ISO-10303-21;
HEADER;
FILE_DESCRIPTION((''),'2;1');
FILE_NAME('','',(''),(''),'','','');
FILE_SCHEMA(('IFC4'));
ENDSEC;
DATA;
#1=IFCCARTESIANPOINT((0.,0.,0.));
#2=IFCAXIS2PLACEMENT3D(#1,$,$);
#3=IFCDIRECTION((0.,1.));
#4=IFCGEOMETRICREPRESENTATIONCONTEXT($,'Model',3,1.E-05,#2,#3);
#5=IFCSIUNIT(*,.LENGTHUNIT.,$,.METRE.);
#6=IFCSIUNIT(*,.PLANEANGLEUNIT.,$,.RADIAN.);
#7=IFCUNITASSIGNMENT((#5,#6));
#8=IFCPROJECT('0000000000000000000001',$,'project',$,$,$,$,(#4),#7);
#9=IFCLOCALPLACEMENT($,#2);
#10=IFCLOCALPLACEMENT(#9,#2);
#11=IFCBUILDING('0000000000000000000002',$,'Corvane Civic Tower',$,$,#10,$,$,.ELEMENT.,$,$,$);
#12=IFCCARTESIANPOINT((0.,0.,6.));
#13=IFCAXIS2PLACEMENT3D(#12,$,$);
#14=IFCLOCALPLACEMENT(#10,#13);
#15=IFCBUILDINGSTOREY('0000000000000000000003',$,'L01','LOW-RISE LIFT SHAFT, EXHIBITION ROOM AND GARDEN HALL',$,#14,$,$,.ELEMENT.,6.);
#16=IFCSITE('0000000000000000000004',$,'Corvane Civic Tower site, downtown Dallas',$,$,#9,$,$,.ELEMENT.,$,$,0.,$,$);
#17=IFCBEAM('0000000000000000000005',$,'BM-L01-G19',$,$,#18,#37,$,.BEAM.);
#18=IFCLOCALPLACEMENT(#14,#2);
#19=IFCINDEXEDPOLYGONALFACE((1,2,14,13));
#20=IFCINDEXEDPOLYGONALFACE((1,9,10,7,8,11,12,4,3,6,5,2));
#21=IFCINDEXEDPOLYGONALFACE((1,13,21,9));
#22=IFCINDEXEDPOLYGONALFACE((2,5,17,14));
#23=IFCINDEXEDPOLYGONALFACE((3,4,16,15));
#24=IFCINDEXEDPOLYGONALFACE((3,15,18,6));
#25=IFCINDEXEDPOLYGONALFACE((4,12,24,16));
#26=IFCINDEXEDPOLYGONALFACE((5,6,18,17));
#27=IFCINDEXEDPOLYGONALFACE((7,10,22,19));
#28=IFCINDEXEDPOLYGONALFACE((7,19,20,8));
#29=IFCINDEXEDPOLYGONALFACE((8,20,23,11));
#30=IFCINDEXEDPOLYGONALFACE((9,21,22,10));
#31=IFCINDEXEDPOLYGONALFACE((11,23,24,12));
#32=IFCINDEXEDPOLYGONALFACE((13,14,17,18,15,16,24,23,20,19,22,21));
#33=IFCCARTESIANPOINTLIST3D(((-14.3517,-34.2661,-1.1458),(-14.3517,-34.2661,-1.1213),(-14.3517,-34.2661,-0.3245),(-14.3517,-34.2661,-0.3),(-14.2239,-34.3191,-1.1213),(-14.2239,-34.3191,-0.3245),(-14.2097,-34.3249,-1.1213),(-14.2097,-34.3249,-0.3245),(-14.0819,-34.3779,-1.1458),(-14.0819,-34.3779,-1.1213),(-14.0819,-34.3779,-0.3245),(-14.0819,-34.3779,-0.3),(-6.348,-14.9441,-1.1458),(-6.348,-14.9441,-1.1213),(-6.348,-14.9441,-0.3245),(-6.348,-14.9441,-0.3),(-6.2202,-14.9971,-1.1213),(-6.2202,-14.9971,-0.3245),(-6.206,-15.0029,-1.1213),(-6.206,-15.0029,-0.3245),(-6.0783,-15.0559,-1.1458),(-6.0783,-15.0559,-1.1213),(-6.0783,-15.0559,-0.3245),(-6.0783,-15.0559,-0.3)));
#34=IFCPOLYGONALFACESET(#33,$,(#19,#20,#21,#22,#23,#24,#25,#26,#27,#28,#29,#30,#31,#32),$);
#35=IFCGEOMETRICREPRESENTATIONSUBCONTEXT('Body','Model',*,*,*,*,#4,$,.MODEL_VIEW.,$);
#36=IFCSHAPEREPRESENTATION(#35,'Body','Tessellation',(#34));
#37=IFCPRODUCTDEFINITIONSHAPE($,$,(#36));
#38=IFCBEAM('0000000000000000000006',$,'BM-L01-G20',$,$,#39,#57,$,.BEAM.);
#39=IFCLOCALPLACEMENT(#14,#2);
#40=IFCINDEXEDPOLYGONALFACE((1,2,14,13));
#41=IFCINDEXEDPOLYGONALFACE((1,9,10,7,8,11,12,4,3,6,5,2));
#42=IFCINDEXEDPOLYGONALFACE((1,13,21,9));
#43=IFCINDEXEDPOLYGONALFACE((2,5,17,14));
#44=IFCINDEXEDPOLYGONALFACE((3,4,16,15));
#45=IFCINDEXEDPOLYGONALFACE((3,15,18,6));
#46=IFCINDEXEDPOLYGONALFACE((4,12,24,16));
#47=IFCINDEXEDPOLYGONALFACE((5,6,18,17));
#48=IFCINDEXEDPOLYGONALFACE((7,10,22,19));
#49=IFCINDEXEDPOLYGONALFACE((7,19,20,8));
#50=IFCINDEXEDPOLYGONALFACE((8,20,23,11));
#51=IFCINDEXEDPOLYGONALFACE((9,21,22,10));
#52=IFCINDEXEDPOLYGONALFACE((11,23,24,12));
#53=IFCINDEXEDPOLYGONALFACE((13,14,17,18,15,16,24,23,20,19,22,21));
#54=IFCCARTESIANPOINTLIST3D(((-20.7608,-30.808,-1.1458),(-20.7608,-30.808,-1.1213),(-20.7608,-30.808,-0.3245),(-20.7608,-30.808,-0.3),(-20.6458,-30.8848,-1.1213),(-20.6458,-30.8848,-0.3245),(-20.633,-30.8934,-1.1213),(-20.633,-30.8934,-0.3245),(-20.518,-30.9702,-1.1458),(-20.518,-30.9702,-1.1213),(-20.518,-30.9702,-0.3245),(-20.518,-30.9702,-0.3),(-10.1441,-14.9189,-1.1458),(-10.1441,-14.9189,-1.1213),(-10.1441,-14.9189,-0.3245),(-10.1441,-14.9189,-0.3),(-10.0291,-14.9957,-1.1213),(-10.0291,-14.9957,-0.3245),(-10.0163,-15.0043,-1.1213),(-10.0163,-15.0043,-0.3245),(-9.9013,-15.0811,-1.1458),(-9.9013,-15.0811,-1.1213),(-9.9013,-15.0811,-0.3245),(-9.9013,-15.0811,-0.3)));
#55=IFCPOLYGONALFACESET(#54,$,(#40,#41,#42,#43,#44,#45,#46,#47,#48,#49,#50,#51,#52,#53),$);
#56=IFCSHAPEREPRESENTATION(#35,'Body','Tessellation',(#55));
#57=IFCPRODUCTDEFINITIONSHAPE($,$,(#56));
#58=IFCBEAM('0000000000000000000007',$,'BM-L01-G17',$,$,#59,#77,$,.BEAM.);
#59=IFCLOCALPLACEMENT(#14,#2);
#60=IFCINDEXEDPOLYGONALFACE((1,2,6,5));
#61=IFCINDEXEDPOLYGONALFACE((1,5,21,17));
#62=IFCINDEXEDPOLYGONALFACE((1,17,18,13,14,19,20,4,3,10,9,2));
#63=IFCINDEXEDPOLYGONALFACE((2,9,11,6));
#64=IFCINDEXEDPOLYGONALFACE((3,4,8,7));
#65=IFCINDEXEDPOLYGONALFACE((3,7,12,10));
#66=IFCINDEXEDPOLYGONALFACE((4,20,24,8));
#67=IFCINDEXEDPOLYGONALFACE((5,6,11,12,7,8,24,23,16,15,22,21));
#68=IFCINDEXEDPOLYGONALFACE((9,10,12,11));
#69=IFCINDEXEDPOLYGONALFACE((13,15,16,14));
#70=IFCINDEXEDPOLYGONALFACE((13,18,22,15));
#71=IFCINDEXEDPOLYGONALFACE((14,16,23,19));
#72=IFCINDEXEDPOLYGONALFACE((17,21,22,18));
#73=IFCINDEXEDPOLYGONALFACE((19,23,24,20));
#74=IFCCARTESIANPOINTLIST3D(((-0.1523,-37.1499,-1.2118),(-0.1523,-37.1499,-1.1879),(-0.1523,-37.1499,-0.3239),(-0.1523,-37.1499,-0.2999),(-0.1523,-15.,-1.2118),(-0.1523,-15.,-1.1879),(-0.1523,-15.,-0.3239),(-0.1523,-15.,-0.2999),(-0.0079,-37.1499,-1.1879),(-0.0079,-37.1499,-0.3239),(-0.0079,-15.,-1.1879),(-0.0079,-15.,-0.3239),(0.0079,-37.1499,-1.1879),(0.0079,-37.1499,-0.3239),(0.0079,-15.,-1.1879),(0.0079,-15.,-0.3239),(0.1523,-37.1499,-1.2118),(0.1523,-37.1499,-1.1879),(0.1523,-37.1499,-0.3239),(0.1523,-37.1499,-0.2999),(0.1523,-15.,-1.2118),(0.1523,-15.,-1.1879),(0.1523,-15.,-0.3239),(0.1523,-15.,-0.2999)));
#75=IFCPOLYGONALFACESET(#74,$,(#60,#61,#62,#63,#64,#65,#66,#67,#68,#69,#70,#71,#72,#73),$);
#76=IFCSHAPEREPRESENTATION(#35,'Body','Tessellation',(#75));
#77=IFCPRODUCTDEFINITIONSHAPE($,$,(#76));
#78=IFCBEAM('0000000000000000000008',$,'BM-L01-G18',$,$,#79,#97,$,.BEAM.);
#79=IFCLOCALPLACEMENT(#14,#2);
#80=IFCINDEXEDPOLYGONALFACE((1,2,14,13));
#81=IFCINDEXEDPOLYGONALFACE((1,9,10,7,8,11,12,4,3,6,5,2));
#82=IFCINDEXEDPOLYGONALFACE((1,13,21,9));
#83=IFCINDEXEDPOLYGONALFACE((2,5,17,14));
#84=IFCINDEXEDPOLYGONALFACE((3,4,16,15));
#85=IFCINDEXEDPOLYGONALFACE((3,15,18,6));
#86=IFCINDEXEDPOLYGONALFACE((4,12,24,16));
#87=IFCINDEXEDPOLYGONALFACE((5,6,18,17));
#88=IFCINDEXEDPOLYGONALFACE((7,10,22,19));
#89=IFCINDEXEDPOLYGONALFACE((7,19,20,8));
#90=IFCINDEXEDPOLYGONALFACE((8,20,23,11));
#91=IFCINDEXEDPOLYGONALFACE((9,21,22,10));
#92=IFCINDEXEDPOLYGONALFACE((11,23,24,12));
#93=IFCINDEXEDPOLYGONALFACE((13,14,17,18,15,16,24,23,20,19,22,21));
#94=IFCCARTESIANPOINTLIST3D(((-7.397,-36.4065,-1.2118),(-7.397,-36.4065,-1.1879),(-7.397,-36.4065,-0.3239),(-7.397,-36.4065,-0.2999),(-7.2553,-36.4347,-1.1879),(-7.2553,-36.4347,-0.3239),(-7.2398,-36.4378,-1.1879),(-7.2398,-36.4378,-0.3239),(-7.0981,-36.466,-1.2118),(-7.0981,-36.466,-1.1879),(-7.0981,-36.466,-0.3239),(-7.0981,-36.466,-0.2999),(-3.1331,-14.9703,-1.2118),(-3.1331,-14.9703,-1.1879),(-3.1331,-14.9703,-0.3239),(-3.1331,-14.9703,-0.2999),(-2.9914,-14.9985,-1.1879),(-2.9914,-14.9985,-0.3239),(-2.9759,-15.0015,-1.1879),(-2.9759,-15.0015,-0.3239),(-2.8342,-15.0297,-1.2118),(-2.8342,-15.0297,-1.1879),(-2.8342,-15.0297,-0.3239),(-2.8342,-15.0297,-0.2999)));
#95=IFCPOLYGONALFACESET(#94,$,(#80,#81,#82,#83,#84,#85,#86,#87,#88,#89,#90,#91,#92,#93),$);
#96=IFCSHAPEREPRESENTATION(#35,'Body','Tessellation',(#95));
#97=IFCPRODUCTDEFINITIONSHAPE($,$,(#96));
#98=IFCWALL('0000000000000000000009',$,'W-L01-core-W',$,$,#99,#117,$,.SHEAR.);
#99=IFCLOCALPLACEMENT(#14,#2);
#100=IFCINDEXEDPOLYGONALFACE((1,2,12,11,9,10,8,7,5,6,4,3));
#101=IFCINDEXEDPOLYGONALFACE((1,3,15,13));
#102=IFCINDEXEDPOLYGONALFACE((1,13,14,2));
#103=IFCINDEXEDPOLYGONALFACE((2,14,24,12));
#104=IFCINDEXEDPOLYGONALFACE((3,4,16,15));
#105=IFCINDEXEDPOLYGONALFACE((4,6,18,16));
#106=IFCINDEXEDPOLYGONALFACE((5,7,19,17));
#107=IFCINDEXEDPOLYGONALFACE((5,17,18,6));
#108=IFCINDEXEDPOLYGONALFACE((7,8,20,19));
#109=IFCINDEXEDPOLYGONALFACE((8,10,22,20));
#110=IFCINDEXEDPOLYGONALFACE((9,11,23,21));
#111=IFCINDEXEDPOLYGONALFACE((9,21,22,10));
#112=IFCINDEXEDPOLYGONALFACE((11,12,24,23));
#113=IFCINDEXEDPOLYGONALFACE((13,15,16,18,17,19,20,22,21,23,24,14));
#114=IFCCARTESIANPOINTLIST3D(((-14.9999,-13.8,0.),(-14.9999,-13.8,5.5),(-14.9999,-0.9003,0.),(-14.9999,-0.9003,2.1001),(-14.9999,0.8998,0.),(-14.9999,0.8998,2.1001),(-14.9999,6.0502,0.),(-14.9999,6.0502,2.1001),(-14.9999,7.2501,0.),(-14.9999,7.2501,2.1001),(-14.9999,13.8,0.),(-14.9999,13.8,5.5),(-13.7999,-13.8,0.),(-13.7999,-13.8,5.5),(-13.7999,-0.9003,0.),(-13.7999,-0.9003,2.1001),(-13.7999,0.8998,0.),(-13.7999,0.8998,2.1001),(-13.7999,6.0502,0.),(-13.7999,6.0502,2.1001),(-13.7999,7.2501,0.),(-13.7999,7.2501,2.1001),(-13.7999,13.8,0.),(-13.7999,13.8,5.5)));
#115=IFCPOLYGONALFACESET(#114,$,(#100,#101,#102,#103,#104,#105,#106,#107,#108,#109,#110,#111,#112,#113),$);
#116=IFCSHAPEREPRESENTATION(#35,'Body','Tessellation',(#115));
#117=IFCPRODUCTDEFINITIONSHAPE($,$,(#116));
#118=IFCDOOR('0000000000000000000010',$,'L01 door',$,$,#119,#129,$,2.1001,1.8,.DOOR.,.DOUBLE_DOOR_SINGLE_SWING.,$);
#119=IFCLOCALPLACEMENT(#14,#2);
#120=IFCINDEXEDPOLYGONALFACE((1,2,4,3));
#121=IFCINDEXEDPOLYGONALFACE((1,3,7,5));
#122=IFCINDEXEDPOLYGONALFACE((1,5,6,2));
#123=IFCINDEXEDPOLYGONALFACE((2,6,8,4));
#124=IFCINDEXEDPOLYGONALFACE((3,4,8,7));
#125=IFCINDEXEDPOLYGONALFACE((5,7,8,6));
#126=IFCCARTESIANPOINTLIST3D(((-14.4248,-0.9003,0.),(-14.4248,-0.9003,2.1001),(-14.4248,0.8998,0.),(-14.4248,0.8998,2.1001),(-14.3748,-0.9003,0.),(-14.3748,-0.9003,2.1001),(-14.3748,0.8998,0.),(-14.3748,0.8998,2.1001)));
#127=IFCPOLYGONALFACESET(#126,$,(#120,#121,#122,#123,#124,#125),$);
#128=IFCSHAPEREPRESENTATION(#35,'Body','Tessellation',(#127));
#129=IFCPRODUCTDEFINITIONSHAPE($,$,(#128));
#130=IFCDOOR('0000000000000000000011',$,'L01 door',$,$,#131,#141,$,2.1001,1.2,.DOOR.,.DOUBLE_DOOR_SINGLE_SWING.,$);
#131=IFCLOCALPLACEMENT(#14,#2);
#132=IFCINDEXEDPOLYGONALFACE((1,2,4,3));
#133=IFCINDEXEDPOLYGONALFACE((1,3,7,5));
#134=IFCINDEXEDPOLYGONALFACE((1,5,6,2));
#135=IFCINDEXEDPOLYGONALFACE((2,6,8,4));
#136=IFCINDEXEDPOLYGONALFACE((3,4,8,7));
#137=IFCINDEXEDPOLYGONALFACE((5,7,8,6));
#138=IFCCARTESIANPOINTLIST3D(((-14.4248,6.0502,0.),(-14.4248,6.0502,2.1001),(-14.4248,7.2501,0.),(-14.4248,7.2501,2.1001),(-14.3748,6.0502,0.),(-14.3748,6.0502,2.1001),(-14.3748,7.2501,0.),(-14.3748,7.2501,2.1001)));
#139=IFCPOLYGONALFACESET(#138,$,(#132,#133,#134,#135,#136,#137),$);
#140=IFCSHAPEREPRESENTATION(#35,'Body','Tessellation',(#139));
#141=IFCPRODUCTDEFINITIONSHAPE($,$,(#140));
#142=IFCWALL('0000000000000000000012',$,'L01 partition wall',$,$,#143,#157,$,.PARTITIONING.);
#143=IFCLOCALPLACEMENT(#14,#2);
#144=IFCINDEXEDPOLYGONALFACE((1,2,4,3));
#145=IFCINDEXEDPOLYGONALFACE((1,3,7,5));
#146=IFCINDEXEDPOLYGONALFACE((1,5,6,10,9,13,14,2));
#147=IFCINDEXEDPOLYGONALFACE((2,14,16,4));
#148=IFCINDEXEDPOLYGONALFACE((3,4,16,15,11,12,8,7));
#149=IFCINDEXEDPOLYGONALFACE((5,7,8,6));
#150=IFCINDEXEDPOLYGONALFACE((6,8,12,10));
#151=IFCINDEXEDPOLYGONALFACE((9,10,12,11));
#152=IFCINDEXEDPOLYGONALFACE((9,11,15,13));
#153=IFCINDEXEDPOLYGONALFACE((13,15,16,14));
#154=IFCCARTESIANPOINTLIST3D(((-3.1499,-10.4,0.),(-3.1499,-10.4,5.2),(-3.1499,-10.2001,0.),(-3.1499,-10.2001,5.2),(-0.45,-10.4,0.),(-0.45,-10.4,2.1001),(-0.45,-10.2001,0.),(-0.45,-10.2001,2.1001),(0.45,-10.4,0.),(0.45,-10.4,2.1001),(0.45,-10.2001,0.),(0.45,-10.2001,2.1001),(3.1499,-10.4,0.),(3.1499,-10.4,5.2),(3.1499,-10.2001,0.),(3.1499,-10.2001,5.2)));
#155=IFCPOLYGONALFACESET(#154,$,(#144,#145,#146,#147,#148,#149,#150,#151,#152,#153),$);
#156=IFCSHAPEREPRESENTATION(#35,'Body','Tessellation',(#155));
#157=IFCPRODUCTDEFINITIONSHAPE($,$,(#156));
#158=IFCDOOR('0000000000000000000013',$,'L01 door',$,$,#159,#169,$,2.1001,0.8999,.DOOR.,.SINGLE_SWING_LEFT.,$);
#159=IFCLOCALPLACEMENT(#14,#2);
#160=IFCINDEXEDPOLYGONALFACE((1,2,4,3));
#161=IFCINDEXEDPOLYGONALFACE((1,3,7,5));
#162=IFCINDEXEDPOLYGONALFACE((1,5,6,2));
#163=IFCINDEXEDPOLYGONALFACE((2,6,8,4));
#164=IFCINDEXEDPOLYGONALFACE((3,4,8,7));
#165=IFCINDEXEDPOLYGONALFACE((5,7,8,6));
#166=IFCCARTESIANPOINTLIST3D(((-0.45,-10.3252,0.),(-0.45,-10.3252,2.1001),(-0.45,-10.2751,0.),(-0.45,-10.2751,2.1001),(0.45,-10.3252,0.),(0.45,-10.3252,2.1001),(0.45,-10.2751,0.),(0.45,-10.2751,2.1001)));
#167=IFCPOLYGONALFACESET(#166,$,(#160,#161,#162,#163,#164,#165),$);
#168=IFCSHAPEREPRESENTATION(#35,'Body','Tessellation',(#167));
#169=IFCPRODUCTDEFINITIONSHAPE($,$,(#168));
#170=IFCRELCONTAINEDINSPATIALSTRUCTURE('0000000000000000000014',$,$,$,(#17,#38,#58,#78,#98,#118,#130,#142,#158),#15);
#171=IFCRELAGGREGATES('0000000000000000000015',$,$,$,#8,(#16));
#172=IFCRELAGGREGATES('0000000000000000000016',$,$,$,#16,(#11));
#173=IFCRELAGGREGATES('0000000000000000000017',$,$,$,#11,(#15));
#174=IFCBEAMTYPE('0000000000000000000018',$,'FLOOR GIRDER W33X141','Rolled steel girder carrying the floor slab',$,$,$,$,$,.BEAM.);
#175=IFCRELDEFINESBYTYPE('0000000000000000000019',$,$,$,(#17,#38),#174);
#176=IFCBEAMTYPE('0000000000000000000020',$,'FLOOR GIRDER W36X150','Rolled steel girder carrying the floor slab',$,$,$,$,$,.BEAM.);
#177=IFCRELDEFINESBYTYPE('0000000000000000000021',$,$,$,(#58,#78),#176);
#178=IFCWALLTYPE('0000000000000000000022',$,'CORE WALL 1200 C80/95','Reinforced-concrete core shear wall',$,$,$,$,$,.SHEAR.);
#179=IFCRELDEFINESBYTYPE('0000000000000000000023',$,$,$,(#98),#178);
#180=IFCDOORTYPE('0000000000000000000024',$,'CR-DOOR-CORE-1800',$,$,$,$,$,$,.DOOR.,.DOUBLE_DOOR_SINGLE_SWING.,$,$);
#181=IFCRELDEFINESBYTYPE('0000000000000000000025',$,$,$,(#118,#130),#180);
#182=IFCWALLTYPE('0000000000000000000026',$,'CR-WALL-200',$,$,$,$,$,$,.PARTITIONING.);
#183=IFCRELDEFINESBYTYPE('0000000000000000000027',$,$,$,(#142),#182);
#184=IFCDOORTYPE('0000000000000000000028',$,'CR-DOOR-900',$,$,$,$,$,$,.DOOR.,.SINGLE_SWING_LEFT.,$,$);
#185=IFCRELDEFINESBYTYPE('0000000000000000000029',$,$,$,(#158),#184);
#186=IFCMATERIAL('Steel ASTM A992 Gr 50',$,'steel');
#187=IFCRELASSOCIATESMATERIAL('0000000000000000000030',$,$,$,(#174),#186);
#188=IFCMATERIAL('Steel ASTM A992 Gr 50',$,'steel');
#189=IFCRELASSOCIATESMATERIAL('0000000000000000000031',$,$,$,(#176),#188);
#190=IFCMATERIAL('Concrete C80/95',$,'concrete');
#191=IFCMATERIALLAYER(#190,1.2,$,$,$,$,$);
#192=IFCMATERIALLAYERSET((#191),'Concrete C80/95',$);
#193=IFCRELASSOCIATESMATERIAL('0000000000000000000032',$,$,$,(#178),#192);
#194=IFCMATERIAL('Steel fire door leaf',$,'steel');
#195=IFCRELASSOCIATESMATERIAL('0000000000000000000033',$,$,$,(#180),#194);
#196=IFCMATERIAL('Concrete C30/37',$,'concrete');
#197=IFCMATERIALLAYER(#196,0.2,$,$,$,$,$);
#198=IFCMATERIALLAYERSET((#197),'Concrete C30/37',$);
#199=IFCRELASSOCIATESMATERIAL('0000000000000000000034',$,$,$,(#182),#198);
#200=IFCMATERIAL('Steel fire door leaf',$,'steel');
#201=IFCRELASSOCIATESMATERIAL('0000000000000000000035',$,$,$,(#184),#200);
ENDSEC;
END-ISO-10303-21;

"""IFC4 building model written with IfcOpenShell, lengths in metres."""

from ifc_helpers import new_model, si_unit, direction, frame, frame_2d, origin, origin_2d, place, context, subcontext, project, spatial, rectangle, i_section, extrude, material, layer, layer_set, material_profile, profile_set, type_object, element, fill, save


model = new_model("IFC4")

# Units and contexts
model_context = context("Model", 3, precision=1e-05, world=origin(), true_north=direction((0.0, 1.0)))
body_context = subcontext(model_context, "Body", "Model", "MODEL_VIEW")
ifc_project = project(units=[si_unit("LENGTHUNIT", "METRE"), si_unit("PLANEANGLEUNIT", "RADIAN")], contexts=[model_context])

# Site, building, storey
site_placement = place(None, origin())
site = spatial("IfcSite", under=ifc_project, at=site_placement, Name="Corvane Civic Tower site, downtown Dallas", CompositionType="ELEMENT", RefElevation=0.0)
building_placement = place(site_placement, origin())
building = spatial("IfcBuilding", under=site, at=building_placement, Name="Corvane Civic Tower", CompositionType="ELEMENT")
storey_placement = place(building_placement, frame((0.0, 0.0, 6.0)))
storey = spatial("IfcBuildingStorey", under=building, at=storey_placement, Name="L01", Description="LOW-RISE LIFT SHAFT, EXHIBITION ROOM AND GARDEN HALL", CompositionType="ELEMENT", Elevation=6.0)

# Beams
ifc_material_1 = material(Name="Steel ASTM A992 Gr 50", Category="steel")
ifc_material_profile_1 = material_profile(ifc_material_1, i_section(OverallWidth=0.292, OverallDepth=0.8457, WebThickness=0.0154, FlangeThickness=0.0244, at=origin_2d()), Name="W33X141")
ifc_profile_set_1 = profile_set([ifc_material_profile_1], Name="Steel ASTM A992 Gr 50")
beam_type_1 = type_object("IfcBeamType", Name="FLOOR GIRDER W33X141", Description="Rolled steel girder carrying the floor slab", PredefinedType="BEAM", material=ifc_profile_set_1)
beam_1_placement = place(storey_placement, frame((-6.2131, -15.0, -0.7229), z_axis=(-0.382692, -0.923876, 0.0), x_axis=(0.923876, -0.382692, 0.0)))
element("IfcBeam", 1, at=beam_1_placement, inside=storey, type_object=beam_type_1, Name="BM-L01-G19", PredefinedType="BEAM", context=body_context, shape_type="SweptSolid", body=[
    extrude(i_section(OverallWidth=0.292, OverallDepth=0.8457, WebThickness=0.0154, FlangeThickness=0.0244, at=origin_2d()), origin(), (0.0, 0.0, 1.0), 20.9141),
])
beam_2_placement = place(storey_placement, frame((-10.0227, -15.0, -0.7229), z_axis=(-0.555567, -0.831472, 0.0), x_axis=(0.831472, -0.555567, 0.0)))
element("IfcBeam", 2, at=beam_2_placement, inside=storey, type_object=beam_type_1, Name="BM-L01-G20", PredefinedType="BEAM", context=body_context, shape_type="SweptSolid", body=[
    extrude(i_section(OverallWidth=0.292, OverallDepth=0.8457, WebThickness=0.0154, FlangeThickness=0.0244, at=origin_2d()), origin(), (0.0, 0.0, 1.0), 19.1096),
])
ifc_material_2 = material(Name="Steel ASTM A992 Gr 50", Category="steel")
ifc_material_profile_2 = material_profile(ifc_material_2, i_section(OverallWidth=0.3047, OverallDepth=0.9119, WebThickness=0.0159, FlangeThickness=0.0239, at=origin_2d()), Name="W36X150")
ifc_profile_set_2 = profile_set([ifc_material_profile_2], Name="Steel ASTM A992 Gr 50")
beam_type_2 = type_object("IfcBeamType", Name="FLOOR GIRDER W36X150", Description="Rolled steel girder carrying the floor slab", PredefinedType="BEAM", material=ifc_profile_set_2)
beam_3_placement = place(storey_placement, frame((0.0, -15.0, -0.7559), z_axis=(0.0, -1.0, 0.0), x_axis=(1.0, 0.0, 0.0)))
element("IfcBeam", 3, at=beam_3_placement, inside=storey, type_object=beam_type_2, Name="BM-L01-G17", PredefinedType="BEAM", context=body_context, shape_type="SweptSolid", body=[
    extrude(i_section(OverallWidth=0.3047, OverallDepth=0.9119, WebThickness=0.0159, FlangeThickness=0.0239, at=origin_2d()), origin(), (0.0, 0.0, 1.0), 22.1499),
])
beam_4_placement = place(storey_placement, frame((-2.9836, -15.0, -0.7559), z_axis=(-0.195089, -0.980785, 0.0), x_axis=(0.980785, -0.195089, 0.0)))
element("IfcBeam", 4, at=beam_4_placement, inside=storey, type_object=beam_type_2, Name="BM-L01-G18", PredefinedType="BEAM", context=body_context, shape_type="SweptSolid", body=[
    extrude(i_section(OverallWidth=0.3047, OverallDepth=0.9119, WebThickness=0.0159, FlangeThickness=0.0239, at=origin_2d()), origin(), (0.0, 0.0, 1.0), 21.8562),
])

# Wall, openings, doors
ifc_material_3 = material(Name="Concrete C80/95", Category="concrete")
ifc_layer_1 = layer(ifc_material_3, 1.2)
ifc_layer_set_1 = layer_set([ifc_layer_1], Name="Concrete C80/95")
wall_type_1 = type_object("IfcWallType", Name="CORE WALL 1200 C80/95", Description="Reinforced-concrete core shear wall", PredefinedType="SHEAR", material=ifc_layer_set_1)
wall_1_placement = place(storey_placement, frame((-14.3999, -13.8, 0.0), z_axis=(0.0, 0.0, 1.0), x_axis=(0.0, 1.0, 0.0)))
wall_1 = element("IfcWall", 5, at=wall_1_placement, inside=storey, type_object=wall_type_1, Name="W-L01-core-W", PredefinedType="SHEAR", context=body_context, shape_type="SweptSolid", body=[
    extrude(rectangle(XDim=27.6001, YDim=1.2, at=frame_2d((13.8, 0.0))), origin(), (0.0, 0.0, 1.0), 5.5),
])
opening_1_placement = place(wall_1_placement, frame((12.8999, 0.0, 0.0)))
opening_1 = element("IfcOpeningElement", 6, at=opening_1_placement, cuts=wall_1, PredefinedType="OPENING", context=body_context, shape_type="SweptSolid", body=[
    extrude(rectangle(XDim=1.8, YDim=2.1001, at=frame_2d((0.8999, 1.05))), frame((0.0, 0.6099, 0.0), z_axis=(0.0, -1.0, 0.0), x_axis=(1.0, 0.0, 0.0)), (0.0, 0.0, 1.0), 1.22),
])
opening_2_placement = place(wall_1_placement, frame((19.8501, 0.0, 0.0)))
opening_2 = element("IfcOpeningElement", 7, at=opening_2_placement, cuts=wall_1, PredefinedType="OPENING", context=body_context, shape_type="SweptSolid", body=[
    extrude(rectangle(XDim=1.2, YDim=2.1001, at=frame_2d((0.6001, 1.05))), frame((0.0, 0.6099, 0.0), z_axis=(0.0, -1.0, 0.0), x_axis=(1.0, 0.0, 0.0)), (0.0, 0.0, 1.0), 1.22),
])
ifc_material_4 = material(Name="Steel fire door leaf", Category="steel")
door_type_1 = type_object("IfcDoorType", Name="CR-DOOR-CORE-1800", OperationType="DOUBLE_DOOR_SINGLE_SWING", PredefinedType="DOOR", material=ifc_material_4)
door_1_placement = place(opening_1_placement, origin())
door_1 = element("IfcDoor", 8, at=door_1_placement, inside=storey, type_object=door_type_1, Name="L01 door", OperationType="DOUBLE_DOOR_SINGLE_SWING", OverallHeight=2.1001, OverallWidth=1.8, PredefinedType="DOOR", context=body_context, shape_type="SweptSolid", body=[
    extrude(rectangle(XDim=1.8, YDim=2.1001, at=frame_2d((0.8999, 1.05))), frame((0.0, 0.0249, 0.0), z_axis=(0.0, -1.0, 0.0), x_axis=(1.0, 0.0, 0.0)), (0.0, 0.0, 1.0), 0.05),
])
fill(opening_1, door_1)
door_2_placement = place(opening_2_placement, origin())
door_2 = element("IfcDoor", 9, at=door_2_placement, inside=storey, type_object=door_type_1, Name="L01 door", OperationType="DOUBLE_DOOR_SINGLE_SWING", OverallHeight=2.1001, OverallWidth=1.2, PredefinedType="DOOR", context=body_context, shape_type="SweptSolid", body=[
    extrude(rectangle(XDim=1.2, YDim=2.1001, at=frame_2d((0.6001, 1.05))), frame((0.0, 0.0249, 0.0), z_axis=(0.0, -1.0, 0.0), x_axis=(1.0, 0.0, 0.0)), (0.0, 0.0, 1.0), 0.05),
])
fill(opening_2, door_2)

# Wall, opening, door
ifc_material_5 = material(Name="Concrete C30/37", Category="concrete")
ifc_layer_2 = layer(ifc_material_5, 0.2)
ifc_layer_set_2 = layer_set([ifc_layer_2], Name="Concrete C30/37")
wall_type_2 = type_object("IfcWallType", Name="CR-WALL-200", PredefinedType="PARTITIONING", material=ifc_layer_set_2)
wall_2_placement = place(storey_placement, frame((-3.1499, -10.3, 0.0), z_axis=(0.0, 0.0, 1.0), x_axis=(1.0, 0.0, 0.0)))
wall_2 = element("IfcWall", 10, at=wall_2_placement, inside=storey, type_object=wall_type_2, Name="L01 partition wall", PredefinedType="PARTITIONING", context=body_context, shape_type="SweptSolid", body=[
    extrude(rectangle(XDim=6.2998, YDim=0.2, at=frame_2d((3.1499, 0.0))), origin(), (0.0, 0.0, 1.0), 5.2),
])
opening_3_placement = place(wall_2_placement, frame((2.7, 0.0, 0.0)))
opening_3 = element("IfcOpeningElement", 11, at=opening_3_placement, cuts=wall_2, PredefinedType="OPENING", context=body_context, shape_type="SweptSolid", body=[
    extrude(rectangle(XDim=0.8999, YDim=2.1001, at=frame_2d((0.45, 1.05))), frame((0.0, 0.1099, 0.0), z_axis=(0.0, -1.0, 0.0), x_axis=(1.0, 0.0, 0.0)), (0.0, 0.0, 1.0), 0.22),
])
ifc_material_6 = material(Name="Steel fire door leaf", Category="steel")
door_type_2 = type_object("IfcDoorType", Name="CR-DOOR-900", OperationType="SINGLE_SWING_LEFT", PredefinedType="DOOR", material=ifc_material_6)
door_3_placement = place(opening_3_placement, origin())
door_3 = element("IfcDoor", 12, at=door_3_placement, inside=storey, type_object=door_type_2, Name="L01 door", OperationType="SINGLE_SWING_LEFT", OverallHeight=2.1001, OverallWidth=0.8999, PredefinedType="DOOR", context=body_context, shape_type="SweptSolid", body=[
    extrude(rectangle(XDim=0.8999, YDim=2.1001, at=frame_2d((0.45, 1.05))), frame((0.0, 0.0249, 0.0), z_axis=(0.0, -1.0, 0.0), x_axis=(1.0, 0.0, 0.0)), (0.0, 0.0, 1.0), 0.05),
])
fill(opening_3, door_3)

save(model, "model.ifc")
